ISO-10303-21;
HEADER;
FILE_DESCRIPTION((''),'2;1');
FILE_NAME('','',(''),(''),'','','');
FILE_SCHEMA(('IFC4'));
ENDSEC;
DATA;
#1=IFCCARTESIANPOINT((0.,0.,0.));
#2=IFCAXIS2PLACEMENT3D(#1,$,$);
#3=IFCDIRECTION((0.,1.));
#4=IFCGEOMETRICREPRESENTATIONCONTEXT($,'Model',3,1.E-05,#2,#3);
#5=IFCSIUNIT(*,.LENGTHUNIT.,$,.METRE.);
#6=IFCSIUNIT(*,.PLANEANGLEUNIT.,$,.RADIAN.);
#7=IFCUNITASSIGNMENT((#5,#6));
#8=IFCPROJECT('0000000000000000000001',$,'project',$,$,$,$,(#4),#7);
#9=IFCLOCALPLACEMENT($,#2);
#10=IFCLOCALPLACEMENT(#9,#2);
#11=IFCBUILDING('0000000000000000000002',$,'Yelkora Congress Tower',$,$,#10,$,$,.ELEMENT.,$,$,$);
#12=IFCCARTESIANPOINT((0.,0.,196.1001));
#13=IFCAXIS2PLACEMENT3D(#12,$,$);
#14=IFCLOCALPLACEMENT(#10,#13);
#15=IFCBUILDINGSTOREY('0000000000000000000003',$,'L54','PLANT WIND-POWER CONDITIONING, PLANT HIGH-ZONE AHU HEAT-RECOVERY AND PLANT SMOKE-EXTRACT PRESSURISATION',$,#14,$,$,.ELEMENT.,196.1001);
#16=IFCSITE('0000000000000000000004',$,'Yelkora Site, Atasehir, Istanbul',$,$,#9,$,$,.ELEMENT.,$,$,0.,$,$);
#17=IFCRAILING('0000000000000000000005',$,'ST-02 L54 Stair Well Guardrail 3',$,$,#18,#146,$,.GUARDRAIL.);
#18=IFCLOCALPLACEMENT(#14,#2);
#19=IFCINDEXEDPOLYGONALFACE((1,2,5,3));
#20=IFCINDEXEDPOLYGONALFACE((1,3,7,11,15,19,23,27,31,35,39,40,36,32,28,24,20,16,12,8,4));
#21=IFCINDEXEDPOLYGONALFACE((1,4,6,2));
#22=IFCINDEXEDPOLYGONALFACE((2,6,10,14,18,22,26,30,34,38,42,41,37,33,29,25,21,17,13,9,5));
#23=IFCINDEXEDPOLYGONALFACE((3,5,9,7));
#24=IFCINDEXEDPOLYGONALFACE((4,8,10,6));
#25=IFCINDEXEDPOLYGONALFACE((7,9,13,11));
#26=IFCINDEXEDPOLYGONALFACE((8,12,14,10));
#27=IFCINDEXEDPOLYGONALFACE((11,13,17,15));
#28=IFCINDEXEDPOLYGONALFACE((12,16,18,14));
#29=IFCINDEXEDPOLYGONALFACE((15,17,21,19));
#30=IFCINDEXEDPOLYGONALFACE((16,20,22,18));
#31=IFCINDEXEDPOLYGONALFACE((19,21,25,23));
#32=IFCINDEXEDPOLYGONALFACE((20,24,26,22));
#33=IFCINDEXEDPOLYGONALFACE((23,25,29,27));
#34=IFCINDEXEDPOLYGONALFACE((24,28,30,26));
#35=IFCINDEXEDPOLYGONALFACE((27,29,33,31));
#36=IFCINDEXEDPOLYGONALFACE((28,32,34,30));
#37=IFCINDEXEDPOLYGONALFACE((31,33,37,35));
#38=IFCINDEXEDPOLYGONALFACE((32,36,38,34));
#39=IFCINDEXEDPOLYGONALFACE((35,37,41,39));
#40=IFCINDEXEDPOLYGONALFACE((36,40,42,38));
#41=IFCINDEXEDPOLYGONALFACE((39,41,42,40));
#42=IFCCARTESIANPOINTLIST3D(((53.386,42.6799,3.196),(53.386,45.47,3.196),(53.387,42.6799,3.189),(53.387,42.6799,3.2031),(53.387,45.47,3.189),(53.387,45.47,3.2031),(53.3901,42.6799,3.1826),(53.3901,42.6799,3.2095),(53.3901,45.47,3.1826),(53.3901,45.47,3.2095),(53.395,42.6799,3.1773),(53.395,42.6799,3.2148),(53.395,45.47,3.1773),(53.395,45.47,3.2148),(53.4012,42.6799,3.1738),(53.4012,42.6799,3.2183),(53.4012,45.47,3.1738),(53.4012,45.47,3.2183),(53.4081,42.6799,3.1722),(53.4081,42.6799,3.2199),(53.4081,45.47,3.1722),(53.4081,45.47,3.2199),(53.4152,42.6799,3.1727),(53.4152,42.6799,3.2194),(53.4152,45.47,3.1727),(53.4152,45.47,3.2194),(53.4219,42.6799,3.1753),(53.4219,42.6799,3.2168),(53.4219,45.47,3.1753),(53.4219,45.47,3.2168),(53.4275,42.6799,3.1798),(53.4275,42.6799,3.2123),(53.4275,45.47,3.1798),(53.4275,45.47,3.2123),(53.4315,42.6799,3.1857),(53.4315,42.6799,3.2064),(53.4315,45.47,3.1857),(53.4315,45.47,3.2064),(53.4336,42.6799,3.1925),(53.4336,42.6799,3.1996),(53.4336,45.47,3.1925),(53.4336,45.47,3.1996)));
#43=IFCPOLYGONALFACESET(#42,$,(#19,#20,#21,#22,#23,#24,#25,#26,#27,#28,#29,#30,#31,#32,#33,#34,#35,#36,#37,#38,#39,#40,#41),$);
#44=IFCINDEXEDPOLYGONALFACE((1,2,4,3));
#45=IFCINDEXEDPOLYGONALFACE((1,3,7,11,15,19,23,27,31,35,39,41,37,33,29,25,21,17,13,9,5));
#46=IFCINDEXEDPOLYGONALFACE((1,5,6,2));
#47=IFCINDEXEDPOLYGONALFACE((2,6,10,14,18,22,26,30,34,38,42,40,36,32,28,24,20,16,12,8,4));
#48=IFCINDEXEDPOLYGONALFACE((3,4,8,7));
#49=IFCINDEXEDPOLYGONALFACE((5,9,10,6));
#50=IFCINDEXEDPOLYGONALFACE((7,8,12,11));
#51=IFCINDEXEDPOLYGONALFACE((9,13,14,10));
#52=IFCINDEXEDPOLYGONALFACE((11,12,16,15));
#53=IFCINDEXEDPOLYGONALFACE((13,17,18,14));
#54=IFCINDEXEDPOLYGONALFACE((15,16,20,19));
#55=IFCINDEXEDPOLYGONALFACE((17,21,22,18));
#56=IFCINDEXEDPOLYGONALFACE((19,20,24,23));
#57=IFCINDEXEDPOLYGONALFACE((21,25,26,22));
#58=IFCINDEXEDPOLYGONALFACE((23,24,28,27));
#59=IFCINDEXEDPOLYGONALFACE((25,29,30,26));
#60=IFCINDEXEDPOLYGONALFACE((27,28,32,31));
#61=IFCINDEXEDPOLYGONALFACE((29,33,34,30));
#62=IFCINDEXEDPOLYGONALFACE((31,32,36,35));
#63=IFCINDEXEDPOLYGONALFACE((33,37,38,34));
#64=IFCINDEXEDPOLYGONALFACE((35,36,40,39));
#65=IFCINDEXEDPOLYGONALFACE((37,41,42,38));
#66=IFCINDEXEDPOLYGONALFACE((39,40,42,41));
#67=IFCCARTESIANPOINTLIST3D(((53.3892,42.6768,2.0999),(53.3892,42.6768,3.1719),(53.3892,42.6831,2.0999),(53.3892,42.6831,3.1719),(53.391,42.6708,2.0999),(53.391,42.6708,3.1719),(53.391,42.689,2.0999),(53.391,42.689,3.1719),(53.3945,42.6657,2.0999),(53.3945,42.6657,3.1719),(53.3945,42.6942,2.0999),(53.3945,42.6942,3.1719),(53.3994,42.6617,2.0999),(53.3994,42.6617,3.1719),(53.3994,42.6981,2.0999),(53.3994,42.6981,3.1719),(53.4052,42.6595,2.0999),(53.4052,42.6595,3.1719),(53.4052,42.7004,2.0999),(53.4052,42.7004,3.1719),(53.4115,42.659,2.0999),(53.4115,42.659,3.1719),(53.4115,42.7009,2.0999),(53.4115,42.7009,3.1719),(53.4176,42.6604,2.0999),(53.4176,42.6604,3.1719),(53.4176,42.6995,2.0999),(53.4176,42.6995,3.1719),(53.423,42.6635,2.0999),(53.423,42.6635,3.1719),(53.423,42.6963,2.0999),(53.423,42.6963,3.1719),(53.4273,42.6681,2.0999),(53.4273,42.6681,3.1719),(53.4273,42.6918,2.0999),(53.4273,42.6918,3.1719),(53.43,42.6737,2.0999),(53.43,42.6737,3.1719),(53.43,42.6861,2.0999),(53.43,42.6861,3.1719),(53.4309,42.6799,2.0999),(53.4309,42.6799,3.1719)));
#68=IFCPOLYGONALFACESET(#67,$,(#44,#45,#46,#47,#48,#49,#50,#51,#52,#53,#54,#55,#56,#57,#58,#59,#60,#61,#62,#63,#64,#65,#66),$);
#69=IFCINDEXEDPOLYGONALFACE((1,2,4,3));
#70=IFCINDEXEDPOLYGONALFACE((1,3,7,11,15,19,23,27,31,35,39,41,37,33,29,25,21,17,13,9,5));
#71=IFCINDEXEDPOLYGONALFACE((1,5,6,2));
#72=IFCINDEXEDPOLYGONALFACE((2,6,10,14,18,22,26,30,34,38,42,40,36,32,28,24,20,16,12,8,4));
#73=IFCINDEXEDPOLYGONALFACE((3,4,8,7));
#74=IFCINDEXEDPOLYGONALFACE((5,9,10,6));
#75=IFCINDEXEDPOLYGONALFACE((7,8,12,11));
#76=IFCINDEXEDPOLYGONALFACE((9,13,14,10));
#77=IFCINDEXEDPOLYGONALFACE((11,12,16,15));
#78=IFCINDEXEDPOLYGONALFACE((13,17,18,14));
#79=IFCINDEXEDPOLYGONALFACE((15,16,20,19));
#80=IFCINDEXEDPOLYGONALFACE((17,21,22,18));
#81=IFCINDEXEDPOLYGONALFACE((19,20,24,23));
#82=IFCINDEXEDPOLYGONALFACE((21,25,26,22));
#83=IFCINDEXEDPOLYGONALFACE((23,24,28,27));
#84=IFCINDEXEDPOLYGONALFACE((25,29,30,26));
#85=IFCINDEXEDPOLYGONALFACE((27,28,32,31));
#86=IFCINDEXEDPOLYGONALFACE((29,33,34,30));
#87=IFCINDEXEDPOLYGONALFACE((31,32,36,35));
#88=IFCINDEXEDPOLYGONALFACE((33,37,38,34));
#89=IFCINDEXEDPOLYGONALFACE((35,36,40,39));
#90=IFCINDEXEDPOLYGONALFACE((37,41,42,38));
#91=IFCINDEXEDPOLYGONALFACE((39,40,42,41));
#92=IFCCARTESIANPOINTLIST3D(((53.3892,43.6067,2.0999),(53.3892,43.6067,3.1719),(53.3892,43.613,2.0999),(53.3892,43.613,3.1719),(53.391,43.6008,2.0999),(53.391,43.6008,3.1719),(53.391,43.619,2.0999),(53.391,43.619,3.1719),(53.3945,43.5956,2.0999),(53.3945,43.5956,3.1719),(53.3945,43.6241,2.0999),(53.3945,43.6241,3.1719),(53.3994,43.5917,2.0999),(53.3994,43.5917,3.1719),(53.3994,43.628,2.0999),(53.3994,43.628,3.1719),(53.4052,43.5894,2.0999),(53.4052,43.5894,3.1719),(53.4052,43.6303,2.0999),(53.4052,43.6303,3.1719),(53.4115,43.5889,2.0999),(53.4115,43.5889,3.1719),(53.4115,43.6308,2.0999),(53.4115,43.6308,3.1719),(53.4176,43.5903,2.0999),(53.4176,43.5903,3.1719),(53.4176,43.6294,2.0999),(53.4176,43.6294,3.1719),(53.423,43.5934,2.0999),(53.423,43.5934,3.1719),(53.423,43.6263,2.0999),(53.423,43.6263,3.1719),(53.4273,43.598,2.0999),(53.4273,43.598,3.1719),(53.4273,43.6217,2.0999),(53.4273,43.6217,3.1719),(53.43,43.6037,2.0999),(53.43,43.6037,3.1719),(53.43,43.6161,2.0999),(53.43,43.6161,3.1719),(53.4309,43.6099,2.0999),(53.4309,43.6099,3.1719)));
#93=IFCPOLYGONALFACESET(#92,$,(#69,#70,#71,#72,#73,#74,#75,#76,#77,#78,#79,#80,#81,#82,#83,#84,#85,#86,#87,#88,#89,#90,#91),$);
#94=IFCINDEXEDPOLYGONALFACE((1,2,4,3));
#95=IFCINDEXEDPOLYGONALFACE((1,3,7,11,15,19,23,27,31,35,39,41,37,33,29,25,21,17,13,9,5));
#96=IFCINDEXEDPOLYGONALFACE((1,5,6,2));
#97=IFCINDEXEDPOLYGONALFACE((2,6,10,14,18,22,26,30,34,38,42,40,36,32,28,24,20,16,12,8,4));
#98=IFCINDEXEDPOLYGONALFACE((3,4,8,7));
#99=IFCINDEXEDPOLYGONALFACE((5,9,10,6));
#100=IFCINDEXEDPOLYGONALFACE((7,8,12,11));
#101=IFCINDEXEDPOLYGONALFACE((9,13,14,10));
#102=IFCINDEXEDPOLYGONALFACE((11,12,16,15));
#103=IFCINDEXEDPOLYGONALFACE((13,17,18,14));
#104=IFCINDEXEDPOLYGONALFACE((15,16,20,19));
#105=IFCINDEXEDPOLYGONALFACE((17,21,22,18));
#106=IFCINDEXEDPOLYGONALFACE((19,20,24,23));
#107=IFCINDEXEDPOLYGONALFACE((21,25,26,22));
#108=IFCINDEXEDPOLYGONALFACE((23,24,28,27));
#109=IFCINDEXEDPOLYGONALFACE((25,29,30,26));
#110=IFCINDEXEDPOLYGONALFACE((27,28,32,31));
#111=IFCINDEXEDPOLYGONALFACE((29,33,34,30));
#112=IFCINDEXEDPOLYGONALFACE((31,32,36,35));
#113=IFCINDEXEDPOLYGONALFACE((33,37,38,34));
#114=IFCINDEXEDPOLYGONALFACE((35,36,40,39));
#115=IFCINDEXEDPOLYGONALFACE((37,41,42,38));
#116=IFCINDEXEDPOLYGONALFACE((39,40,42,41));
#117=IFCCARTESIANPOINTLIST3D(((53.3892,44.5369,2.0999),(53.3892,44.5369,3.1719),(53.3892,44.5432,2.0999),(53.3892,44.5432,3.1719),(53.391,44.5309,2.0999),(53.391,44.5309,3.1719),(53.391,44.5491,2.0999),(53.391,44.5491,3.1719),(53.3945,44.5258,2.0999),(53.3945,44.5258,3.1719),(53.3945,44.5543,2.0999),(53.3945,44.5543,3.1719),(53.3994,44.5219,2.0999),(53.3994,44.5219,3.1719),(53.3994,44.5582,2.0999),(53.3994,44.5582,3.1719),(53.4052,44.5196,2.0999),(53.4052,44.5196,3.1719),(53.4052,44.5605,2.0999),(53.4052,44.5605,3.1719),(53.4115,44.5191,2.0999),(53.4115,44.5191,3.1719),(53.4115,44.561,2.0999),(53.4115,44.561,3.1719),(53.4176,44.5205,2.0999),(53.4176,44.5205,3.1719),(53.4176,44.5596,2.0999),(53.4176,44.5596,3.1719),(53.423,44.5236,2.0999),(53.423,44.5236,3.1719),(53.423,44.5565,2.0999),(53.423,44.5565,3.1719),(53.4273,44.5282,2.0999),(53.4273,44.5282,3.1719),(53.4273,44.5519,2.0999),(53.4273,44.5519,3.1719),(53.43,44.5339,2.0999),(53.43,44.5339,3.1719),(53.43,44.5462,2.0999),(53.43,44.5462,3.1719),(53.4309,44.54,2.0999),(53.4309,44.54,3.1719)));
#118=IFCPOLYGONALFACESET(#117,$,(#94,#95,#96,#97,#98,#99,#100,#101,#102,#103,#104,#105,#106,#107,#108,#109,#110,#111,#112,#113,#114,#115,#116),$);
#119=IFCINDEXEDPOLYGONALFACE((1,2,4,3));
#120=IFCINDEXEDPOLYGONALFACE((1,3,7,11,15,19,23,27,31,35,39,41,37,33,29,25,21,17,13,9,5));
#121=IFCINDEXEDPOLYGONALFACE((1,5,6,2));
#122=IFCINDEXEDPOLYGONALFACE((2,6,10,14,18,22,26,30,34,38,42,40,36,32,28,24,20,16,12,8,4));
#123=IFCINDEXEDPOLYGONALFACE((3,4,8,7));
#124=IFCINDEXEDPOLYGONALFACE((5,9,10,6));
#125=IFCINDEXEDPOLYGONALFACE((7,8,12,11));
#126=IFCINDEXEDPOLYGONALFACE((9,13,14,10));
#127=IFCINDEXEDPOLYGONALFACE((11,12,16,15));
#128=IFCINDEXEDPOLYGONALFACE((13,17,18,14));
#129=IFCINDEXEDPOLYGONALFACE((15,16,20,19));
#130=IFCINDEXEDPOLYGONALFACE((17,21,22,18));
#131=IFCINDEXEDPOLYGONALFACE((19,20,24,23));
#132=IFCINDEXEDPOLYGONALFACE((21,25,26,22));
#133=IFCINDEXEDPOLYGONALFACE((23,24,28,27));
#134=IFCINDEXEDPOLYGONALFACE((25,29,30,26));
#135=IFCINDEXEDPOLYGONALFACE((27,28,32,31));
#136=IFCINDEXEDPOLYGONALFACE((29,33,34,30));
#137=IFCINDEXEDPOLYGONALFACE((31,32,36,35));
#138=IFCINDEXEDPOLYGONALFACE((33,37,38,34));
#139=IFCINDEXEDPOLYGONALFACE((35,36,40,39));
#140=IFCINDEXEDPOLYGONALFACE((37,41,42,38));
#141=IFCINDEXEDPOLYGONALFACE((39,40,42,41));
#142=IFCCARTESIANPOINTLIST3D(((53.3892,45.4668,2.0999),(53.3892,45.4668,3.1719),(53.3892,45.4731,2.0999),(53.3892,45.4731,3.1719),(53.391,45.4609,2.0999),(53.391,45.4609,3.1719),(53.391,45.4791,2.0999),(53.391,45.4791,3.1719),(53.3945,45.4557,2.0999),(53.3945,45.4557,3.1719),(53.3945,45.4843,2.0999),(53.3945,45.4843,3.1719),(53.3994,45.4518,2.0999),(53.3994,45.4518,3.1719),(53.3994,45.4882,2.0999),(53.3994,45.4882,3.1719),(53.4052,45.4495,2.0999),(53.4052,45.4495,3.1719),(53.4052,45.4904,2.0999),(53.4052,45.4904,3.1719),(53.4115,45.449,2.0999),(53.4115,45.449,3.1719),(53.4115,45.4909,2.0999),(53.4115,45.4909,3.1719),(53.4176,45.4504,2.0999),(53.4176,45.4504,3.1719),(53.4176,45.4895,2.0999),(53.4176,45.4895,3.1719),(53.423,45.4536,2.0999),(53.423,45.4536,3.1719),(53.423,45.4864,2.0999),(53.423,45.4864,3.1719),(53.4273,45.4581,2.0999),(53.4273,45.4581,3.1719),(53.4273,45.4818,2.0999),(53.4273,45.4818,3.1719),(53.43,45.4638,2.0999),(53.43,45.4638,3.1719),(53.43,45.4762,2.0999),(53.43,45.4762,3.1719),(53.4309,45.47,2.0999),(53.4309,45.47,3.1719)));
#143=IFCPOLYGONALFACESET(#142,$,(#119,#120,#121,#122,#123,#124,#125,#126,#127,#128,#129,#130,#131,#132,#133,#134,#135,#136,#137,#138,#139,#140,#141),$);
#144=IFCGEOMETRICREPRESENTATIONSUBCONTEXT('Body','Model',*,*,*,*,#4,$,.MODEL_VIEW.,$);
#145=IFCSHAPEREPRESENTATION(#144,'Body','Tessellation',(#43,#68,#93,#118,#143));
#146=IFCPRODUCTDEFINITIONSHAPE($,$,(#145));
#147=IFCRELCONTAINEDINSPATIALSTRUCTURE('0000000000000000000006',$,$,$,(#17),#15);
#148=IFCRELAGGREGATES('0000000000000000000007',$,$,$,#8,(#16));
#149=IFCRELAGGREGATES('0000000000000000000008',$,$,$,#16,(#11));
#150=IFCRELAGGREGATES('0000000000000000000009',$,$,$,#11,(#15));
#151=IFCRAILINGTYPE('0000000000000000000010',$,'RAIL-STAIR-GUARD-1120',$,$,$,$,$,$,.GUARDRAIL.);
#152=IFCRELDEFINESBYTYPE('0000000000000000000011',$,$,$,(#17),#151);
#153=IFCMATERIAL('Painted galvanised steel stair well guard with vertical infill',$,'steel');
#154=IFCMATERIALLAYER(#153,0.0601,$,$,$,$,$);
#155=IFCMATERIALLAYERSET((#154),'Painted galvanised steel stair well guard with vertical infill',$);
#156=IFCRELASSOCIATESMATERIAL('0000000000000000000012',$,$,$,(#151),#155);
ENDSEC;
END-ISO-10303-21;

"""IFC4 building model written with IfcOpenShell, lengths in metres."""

from ifc_helpers import new_model, si_unit, direction, frame, origin, origin_2d, place, context, subcontext, project, spatial, circle, extrude, material, layer, layer_set, type_object, element, save


model = new_model("IFC4")

# Units and contexts
model_context = context("Model", 3, precision=1e-05, world=origin(), true_north=direction((0.0, 1.0)))
body_context = subcontext(model_context, "Body", "Model", "MODEL_VIEW")
ifc_project = project(units=[si_unit("LENGTHUNIT", "METRE"), si_unit("PLANEANGLEUNIT", "RADIAN")], contexts=[model_context])

# Site, building, storey
site_placement = place(None, origin())
site = spatial("IfcSite", under=ifc_project, at=site_placement, Name="Yelkora Site, Atasehir, Istanbul", CompositionType="ELEMENT", RefElevation=0.0)
building_placement = place(site_placement, origin())
building = spatial("IfcBuilding", under=site, at=building_placement, Name="Yelkora Congress Tower", CompositionType="ELEMENT")
storey_placement = place(building_placement, frame((0.0, 0.0, 196.1001)))
storey = spatial("IfcBuildingStorey", under=building, at=storey_placement, Name="L54", Description="PLANT WIND-POWER CONDITIONING, PLANT HIGH-ZONE AHU HEAT-RECOVERY AND PLANT SMOKE-EXTRACT PRESSURISATION", CompositionType="ELEMENT", Elevation=196.1001)

# Railing
ifc_material_1 = material(Name="Painted galvanised steel stair well guard with vertical infill", Category="steel")
ifc_layer_1 = layer(ifc_material_1, 0.0601)
ifc_layer_set_1 = layer_set([ifc_layer_1], Name="Painted galvanised steel stair well guard with vertical infill")
railing_type_1 = type_object("IfcRailingType", Name="RAIL-STAIR-GUARD-1120", PredefinedType="GUARDRAIL", material=ifc_layer_set_1)
for number, where, name in (
    (1, (53.4099, 42.6799, 2.0999), "ST-02 L54 Stair Well Guardrail 3"),
):
    element("IfcRailing", number, at=place(storey_placement, frame(where)), inside=storey, type_object=railing_type_1, Name=name, PredefinedType="GUARDRAIL", context=body_context, shape_type="SweptSolid", body=[
        extrude(circle(Radius=0.0239, at=origin_2d()), frame((0.0, 0.0, 1.0962), z_axis=(0.0, 1.0, 0.0), x_axis=(-1.0, 0.0, 0.0)), (0.0, 0.0, 1.0), 2.79),
        extrude(circle(Radius=0.021, at=origin_2d()), origin(), (0.0, 0.0, 1.0), 1.072),
        extrude(circle(Radius=0.021, at=origin_2d()), frame((0.0, 0.9299, 0.0)), (0.0, 0.0, 1.0), 1.072),
        extrude(circle(Radius=0.021, at=origin_2d()), frame((0.0, 1.8601, 0.0)), (0.0, 0.0, 1.0), 1.072),
        extrude(circle(Radius=0.021, at=origin_2d()), frame((0.0, 2.79, 0.0)), (0.0, 0.0, 1.0), 1.072),
    ])

save(model, "model.ifc")
